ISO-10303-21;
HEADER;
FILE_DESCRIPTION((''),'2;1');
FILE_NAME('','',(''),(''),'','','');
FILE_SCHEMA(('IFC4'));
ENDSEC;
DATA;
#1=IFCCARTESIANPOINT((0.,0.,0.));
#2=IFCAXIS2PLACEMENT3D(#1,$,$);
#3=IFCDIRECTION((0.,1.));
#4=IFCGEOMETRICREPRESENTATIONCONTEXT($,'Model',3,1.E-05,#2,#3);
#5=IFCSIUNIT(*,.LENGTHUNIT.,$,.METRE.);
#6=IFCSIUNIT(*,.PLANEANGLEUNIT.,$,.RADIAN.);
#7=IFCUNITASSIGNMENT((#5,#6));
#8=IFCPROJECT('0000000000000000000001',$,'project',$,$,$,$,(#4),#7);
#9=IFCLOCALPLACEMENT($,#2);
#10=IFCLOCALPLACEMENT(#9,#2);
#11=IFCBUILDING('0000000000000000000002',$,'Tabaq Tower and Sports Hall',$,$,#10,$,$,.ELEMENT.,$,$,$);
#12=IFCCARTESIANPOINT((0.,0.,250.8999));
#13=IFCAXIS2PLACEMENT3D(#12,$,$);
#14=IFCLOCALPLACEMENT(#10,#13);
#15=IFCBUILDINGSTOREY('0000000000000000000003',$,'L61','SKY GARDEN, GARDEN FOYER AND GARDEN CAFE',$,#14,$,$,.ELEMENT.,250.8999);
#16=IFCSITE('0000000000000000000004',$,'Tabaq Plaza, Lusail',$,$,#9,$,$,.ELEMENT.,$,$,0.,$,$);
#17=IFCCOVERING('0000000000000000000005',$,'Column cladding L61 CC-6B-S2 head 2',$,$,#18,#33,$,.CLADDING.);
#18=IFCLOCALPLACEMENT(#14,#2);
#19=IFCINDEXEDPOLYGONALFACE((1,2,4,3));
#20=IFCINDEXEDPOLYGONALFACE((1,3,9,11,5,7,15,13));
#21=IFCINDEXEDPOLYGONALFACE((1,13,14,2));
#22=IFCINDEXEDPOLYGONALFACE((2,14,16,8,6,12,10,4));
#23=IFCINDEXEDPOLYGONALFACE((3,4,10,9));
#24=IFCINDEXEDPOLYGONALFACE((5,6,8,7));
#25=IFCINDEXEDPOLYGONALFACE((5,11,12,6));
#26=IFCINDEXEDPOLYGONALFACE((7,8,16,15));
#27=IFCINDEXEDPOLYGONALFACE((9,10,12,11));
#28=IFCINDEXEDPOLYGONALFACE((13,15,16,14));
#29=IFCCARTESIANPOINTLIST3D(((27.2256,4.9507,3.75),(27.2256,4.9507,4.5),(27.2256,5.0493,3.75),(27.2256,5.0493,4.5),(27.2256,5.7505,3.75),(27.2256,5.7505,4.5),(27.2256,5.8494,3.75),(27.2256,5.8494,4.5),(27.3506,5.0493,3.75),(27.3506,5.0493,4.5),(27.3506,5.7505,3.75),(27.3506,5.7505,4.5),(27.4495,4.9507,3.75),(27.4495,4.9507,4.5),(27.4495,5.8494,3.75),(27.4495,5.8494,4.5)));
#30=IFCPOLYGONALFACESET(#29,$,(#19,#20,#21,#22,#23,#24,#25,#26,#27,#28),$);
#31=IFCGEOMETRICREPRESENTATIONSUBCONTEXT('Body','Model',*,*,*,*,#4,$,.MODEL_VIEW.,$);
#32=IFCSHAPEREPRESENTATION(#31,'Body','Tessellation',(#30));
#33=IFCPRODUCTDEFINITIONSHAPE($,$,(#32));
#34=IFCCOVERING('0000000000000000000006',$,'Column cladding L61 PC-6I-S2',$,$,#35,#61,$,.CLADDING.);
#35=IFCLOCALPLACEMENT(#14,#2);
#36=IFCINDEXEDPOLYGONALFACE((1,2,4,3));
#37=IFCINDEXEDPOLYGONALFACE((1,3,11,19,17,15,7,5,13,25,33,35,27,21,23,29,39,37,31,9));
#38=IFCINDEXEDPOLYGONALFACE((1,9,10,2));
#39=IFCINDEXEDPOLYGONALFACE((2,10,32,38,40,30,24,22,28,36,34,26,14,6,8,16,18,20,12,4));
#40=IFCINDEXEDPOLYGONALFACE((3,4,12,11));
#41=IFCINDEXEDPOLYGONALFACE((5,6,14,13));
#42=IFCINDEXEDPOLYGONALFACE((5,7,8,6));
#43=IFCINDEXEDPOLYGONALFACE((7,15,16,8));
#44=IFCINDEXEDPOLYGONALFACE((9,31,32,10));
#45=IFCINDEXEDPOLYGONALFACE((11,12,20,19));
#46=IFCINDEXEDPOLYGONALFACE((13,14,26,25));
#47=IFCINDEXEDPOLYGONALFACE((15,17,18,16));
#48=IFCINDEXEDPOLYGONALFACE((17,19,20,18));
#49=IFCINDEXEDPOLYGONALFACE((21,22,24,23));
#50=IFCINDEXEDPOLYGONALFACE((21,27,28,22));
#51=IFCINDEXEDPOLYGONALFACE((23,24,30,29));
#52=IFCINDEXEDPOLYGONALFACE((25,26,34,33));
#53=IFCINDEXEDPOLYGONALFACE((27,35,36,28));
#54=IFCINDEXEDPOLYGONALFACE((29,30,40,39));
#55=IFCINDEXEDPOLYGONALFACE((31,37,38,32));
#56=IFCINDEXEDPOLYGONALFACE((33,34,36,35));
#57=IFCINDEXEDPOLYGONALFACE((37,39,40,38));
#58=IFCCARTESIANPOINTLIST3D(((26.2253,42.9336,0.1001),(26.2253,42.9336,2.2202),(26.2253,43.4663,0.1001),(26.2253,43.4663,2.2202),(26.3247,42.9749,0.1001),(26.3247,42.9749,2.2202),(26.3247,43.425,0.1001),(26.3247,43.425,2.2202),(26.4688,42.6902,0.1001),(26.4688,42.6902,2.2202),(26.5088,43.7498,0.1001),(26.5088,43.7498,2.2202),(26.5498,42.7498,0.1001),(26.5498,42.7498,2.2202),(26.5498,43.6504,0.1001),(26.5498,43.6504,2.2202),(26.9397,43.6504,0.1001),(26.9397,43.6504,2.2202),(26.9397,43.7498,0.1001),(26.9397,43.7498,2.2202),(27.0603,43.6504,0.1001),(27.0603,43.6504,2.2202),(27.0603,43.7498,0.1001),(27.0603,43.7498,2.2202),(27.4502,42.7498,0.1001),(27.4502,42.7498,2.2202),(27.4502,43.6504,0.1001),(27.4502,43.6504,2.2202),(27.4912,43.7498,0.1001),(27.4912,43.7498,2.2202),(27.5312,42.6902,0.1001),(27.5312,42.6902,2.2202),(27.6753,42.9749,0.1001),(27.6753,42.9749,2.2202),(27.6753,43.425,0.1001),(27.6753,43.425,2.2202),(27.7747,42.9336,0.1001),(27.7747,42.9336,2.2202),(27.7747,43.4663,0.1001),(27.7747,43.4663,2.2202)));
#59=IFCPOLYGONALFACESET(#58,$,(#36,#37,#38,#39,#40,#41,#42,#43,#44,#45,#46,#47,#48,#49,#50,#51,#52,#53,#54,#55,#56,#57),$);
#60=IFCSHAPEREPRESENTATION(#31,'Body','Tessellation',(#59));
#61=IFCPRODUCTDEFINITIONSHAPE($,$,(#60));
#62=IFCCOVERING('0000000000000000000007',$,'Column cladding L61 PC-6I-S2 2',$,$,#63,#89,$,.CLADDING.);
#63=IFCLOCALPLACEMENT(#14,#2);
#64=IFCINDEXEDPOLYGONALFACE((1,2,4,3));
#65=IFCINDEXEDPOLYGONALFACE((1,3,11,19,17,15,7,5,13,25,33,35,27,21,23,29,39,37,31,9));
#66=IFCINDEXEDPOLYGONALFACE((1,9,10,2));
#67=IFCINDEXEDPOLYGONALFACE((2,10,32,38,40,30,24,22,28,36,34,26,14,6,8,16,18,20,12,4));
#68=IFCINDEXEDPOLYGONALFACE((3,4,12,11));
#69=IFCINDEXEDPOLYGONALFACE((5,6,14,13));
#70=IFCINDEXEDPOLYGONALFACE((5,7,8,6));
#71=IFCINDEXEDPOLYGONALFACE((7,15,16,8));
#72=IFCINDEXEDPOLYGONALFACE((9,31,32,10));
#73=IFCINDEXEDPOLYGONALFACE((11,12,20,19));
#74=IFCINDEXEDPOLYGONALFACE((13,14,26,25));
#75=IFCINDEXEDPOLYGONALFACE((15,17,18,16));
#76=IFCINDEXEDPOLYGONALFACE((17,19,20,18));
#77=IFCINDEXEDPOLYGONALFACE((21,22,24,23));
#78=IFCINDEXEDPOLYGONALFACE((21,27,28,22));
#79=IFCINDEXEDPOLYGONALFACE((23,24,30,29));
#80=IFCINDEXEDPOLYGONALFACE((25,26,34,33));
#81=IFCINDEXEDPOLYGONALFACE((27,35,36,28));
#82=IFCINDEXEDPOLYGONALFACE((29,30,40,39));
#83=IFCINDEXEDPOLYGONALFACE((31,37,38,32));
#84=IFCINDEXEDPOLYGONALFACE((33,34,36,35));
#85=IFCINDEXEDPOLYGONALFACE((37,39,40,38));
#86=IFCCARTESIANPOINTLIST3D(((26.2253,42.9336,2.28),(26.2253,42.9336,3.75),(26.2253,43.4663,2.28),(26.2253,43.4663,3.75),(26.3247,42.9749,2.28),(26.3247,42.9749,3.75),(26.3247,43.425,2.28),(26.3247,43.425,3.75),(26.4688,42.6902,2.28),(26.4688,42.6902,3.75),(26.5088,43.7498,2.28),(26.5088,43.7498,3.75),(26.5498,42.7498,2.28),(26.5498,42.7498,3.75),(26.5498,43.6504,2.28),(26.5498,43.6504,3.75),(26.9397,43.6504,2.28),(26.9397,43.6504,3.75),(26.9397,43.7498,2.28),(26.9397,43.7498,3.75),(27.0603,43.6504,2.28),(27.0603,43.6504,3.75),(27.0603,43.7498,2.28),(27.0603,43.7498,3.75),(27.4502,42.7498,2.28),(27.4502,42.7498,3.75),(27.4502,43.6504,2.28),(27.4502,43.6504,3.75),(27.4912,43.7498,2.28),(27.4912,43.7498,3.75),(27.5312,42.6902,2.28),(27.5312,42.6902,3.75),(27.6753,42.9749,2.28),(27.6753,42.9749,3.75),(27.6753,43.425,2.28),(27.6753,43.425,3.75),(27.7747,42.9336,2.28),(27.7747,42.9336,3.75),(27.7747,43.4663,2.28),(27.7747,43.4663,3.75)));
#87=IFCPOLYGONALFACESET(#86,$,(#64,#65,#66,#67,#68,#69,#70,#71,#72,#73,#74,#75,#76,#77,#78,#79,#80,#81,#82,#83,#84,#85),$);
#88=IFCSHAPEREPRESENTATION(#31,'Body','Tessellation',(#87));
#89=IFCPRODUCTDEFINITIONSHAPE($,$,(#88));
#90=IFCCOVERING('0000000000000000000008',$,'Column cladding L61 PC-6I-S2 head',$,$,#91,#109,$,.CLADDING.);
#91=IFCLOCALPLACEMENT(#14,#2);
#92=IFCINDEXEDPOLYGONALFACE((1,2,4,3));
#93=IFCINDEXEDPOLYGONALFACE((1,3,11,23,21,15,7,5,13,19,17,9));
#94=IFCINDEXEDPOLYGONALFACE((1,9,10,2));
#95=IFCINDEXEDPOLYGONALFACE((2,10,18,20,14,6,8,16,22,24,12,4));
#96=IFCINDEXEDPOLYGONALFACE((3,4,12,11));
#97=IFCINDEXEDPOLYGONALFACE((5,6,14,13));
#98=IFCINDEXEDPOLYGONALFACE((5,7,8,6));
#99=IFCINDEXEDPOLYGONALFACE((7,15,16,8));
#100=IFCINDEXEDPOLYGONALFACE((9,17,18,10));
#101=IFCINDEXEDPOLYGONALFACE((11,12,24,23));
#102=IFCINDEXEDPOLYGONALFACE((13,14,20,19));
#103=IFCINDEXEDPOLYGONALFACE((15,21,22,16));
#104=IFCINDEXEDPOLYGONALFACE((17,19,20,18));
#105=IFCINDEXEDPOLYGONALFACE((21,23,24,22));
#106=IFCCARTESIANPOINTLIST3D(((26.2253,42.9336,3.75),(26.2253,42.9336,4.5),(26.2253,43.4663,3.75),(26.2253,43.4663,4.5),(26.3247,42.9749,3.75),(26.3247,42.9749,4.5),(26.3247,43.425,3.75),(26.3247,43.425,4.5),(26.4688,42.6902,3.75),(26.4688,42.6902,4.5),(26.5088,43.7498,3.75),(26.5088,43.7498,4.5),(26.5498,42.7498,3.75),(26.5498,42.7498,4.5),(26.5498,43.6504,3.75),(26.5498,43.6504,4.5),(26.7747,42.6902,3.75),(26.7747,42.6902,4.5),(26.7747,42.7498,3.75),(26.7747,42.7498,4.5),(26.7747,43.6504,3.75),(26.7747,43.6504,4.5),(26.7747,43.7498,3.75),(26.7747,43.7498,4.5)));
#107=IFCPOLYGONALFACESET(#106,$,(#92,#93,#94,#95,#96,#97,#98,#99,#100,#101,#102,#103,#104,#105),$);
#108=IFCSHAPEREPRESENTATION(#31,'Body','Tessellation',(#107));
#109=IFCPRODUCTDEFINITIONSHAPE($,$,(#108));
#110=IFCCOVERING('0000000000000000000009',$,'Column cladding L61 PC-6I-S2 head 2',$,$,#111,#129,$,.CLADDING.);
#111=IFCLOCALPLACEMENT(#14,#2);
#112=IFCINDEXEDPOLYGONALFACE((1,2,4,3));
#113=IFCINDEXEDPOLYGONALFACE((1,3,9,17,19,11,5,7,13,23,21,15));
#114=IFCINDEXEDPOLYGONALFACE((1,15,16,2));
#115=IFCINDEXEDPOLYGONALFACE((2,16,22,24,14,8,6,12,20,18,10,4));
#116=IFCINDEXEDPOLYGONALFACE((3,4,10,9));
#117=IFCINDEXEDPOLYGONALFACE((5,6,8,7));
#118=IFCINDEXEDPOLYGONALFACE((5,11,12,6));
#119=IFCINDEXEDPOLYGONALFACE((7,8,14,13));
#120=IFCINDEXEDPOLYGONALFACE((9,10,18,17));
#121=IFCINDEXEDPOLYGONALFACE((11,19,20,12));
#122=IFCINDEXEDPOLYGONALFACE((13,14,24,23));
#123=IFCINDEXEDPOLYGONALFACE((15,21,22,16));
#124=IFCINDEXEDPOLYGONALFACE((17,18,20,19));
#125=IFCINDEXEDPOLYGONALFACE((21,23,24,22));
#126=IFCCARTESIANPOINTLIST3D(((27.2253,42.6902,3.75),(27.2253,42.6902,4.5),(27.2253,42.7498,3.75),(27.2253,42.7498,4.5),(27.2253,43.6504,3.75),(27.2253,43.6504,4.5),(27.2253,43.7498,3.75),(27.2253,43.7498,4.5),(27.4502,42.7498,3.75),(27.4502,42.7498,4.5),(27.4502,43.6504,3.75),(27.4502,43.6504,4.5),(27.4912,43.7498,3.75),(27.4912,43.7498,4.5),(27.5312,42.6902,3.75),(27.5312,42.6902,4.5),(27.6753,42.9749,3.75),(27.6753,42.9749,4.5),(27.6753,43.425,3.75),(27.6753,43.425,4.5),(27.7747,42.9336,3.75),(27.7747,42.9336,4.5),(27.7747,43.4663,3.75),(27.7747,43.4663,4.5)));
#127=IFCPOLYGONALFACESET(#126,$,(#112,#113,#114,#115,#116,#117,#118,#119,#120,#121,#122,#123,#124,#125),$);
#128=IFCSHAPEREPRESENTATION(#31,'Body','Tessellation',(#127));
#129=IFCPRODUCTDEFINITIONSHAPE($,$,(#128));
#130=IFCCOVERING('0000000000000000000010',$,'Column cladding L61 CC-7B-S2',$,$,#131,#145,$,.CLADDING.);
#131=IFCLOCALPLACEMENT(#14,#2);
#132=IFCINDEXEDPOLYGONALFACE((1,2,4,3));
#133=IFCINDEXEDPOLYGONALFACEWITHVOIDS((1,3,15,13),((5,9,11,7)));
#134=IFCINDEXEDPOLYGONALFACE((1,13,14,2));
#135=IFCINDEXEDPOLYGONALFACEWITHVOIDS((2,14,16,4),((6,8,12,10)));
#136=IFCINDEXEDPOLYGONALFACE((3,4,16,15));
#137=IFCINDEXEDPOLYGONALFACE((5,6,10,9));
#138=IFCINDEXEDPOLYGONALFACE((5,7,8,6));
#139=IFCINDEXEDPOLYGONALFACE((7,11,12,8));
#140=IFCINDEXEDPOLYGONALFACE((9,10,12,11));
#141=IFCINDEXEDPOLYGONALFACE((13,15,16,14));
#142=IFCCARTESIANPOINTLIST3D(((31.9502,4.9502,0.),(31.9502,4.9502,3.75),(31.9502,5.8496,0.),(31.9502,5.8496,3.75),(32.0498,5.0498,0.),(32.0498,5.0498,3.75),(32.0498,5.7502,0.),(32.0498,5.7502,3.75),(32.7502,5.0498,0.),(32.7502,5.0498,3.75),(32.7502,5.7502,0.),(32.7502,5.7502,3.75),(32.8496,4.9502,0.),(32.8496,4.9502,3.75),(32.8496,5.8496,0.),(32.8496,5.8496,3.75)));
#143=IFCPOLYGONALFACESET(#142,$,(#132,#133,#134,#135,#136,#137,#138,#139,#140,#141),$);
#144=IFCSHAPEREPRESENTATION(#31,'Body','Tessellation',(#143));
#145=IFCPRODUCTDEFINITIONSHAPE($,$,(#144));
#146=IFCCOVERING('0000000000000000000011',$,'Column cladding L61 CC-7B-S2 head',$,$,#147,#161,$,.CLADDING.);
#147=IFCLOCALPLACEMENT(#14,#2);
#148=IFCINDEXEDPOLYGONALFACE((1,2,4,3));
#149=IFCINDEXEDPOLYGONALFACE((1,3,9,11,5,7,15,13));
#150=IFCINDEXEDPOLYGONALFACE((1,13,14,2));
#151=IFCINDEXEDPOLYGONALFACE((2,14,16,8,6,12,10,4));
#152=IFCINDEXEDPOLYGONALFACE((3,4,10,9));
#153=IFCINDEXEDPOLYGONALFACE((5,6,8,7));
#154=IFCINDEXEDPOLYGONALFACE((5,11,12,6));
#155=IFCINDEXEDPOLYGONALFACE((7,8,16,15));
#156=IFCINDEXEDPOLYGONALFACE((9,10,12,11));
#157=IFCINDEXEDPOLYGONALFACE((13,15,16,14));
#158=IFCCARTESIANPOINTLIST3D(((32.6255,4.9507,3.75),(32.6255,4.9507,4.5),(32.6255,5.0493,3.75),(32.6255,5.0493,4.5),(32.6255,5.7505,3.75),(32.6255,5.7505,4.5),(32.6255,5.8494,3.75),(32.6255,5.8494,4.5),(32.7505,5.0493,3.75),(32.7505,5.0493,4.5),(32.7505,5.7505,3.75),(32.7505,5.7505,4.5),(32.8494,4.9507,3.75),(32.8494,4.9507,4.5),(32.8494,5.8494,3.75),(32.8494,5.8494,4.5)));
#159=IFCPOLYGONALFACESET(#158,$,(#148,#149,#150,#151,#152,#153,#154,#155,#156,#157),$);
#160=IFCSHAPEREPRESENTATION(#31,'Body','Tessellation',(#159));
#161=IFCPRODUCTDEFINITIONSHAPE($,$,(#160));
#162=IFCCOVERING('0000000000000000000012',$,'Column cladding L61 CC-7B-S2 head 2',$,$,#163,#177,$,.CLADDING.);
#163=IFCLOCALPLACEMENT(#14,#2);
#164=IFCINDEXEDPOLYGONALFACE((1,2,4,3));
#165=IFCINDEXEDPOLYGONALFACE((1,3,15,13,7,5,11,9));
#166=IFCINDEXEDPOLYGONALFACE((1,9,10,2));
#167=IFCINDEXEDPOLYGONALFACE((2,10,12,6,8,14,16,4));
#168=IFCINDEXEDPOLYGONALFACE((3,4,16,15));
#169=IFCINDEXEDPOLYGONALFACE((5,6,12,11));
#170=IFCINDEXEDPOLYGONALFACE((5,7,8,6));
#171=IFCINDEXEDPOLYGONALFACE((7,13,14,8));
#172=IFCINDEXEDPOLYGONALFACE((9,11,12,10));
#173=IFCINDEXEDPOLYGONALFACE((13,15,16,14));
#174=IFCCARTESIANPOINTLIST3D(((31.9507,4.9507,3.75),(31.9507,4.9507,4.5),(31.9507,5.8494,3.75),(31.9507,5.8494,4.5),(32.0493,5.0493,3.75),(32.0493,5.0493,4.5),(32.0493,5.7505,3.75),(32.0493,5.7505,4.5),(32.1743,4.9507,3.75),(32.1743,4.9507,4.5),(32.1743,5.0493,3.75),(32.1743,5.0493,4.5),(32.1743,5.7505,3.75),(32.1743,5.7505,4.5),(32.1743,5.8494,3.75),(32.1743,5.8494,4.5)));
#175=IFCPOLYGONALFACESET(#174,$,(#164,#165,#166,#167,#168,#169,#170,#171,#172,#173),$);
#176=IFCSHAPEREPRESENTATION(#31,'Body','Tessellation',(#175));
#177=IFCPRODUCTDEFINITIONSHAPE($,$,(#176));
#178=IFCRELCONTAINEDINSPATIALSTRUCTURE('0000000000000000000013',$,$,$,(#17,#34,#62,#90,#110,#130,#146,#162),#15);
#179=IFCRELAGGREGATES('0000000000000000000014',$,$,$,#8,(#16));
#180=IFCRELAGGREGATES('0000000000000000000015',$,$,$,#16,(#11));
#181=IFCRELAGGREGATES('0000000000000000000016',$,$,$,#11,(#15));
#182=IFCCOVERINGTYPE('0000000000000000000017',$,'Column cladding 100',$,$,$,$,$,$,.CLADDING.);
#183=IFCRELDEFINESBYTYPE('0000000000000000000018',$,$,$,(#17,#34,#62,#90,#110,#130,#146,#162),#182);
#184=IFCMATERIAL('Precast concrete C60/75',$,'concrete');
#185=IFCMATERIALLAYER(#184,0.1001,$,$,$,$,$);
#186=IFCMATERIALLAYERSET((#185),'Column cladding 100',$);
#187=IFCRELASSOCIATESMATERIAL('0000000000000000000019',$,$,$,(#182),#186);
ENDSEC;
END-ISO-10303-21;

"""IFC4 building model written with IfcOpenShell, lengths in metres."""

from ifc_helpers import new_model, si_unit, direction, frame, origin, place, context, subcontext, project, spatial, polyline, outline, extrude, material, layer, layer_set, type_object, element, save


model = new_model("IFC4")

# Units and contexts
model_context = context("Model", 3, precision=1e-05, world=origin(), true_north=direction((0.0, 1.0)))
body_context = subcontext(model_context, "Body", "Model", "MODEL_VIEW")
ifc_project = project(units=[si_unit("LENGTHUNIT", "METRE"), si_unit("PLANEANGLEUNIT", "RADIAN")], contexts=[model_context])

# Site, building, storey
site_placement = place(None, origin())
site = spatial("IfcSite", under=ifc_project, at=site_placement, Name="Tabaq Plaza, Lusail", CompositionType="ELEMENT", RefElevation=0.0)
building_placement = place(site_placement, origin())
building = spatial("IfcBuilding", under=site, at=building_placement, Name="Tabaq Tower and Sports Hall", CompositionType="ELEMENT")
storey_placement = place(building_placement, frame((0.0, 0.0, 250.8999)))
storey = spatial("IfcBuildingStorey", under=building, at=storey_placement, Name="L61", Description="SKY GARDEN, GARDEN FOYER AND GARDEN CAFE", CompositionType="ELEMENT", Elevation=250.8999)

# Coverings
ifc_material_1 = material(Name="Precast concrete C60/75", Category="concrete")
ifc_layer_1 = layer(ifc_material_1, 0.1001)
ifc_layer_set_1 = layer_set([ifc_layer_1], Name="Column cladding 100")
covering_type = type_object("IfcCoveringType", Name="Column cladding 100", PredefinedType="CLADDING", material=ifc_layer_set_1)
covering_1_placement = place(storey_placement, frame((0.0, 0.0, 3.75)))
element("IfcCovering", 1, at=covering_1_placement, inside=storey, type_object=covering_type, Name="Column cladding L61 CC-6B-S2 head 2", PredefinedType="CLADDING", context=body_context, shape_type="SweptSolid", body=[
    extrude(outline(polyline([(27.2256, 5.0493), (27.3506, 5.0493), (27.3506, 5.7505), (27.2256, 5.7505), (27.2256, 5.8494), (27.4495, 5.8494), (27.4495, 4.9507), (27.2256, 4.9507), (27.2256, 5.0493)])), origin(), (0.0, 0.0, 1.0), 0.75),
])
covering_2_placement = place(storey_placement, frame((0.0, 0.0, 0.1001)))
element("IfcCovering", 2, at=covering_2_placement, inside=storey, type_object=covering_type, Name="Column cladding L61 PC-6I-S2", PredefinedType="CLADDING", context=body_context, shape_type="SweptSolid", body=[
    extrude(outline(polyline([(26.2253, 43.4663), (26.5088, 43.7498), (26.9397, 43.7498), (26.9397, 43.6504), (26.5498, 43.6504), (26.3247, 43.425), (26.3247, 42.9749), (26.5498, 42.7498), (27.4502, 42.7498), (27.6753, 42.9749), (27.6753, 43.425), (27.4502, 43.6504), (27.0603, 43.6504), (27.0603, 43.7498), (27.4912, 43.7498), (27.7747, 43.4663), (27.7747, 42.9336), (27.5312, 42.6902), (26.4688, 42.6902), (26.2253, 42.9336), (26.2253, 43.4663)])), origin(), (0.0, 0.0, 1.0), 2.1201),
])
covering_3_placement = place(storey_placement, frame((0.0, 0.0, 2.28)))
element("IfcCovering", 3, at=covering_3_placement, inside=storey, type_object=covering_type, Name="Column cladding L61 PC-6I-S2 2", PredefinedType="CLADDING", context=body_context, shape_type="SweptSolid", body=[
    extrude(outline(polyline([(26.2253, 43.4663), (26.5088, 43.7498), (26.9397, 43.7498), (26.9397, 43.6504), (26.5498, 43.6504), (26.3247, 43.425), (26.3247, 42.9749), (26.5498, 42.7498), (27.4502, 42.7498), (27.6753, 42.9749), (27.6753, 43.425), (27.4502, 43.6504), (27.0603, 43.6504), (27.0603, 43.7498), (27.4912, 43.7498), (27.7747, 43.4663), (27.7747, 42.9336), (27.5312, 42.6902), (26.4688, 42.6902), (26.2253, 42.9336), (26.2253, 43.4663)])), origin(), (0.0, 0.0, 1.0), 1.47),
])
covering_4_placement = place(storey_placement, frame((0.0, 0.0, 3.75)))
element("IfcCovering", 4, at=covering_4_placement, inside=storey, type_object=covering_type, Name="Column cladding L61 PC-6I-S2 head", PredefinedType="CLADDING", context=body_context, shape_type="SweptSolid", body=[
    extrude(outline(polyline([(26.5088, 43.7498), (26.7747, 43.7498), (26.7747, 43.6504), (26.5498, 43.6504), (26.3247, 43.425), (26.3247, 42.9749), (26.5498, 42.7498), (26.7747, 42.7498), (26.7747, 42.6902), (26.4688, 42.6902), (26.2253, 42.9336), (26.2253, 43.4663), (26.5088, 43.7498)])), origin(), (0.0, 0.0, 1.0), 0.75),
])
covering_5_placement = place(storey_placement, frame((0.0, 0.0, 3.75)))
element("IfcCovering", 5, at=covering_5_placement, inside=storey, type_object=covering_type, Name="Column cladding L61 PC-6I-S2 head 2", PredefinedType="CLADDING", context=body_context, shape_type="SweptSolid", body=[
    extrude(outline(polyline([(27.4502, 42.7498), (27.6753, 42.9749), (27.6753, 43.425), (27.4502, 43.6504), (27.2253, 43.6504), (27.2253, 43.7498), (27.4912, 43.7498), (27.7747, 43.4663), (27.7747, 42.9336), (27.5312, 42.6902), (27.2253, 42.6902), (27.2253, 42.7498), (27.4502, 42.7498)])), origin(), (0.0, 0.0, 1.0), 0.75),
])
covering_6_placement = place(storey_placement, origin())
element("IfcCovering", 6, at=covering_6_placement, inside=storey, type_object=covering_type, Name="Column cladding L61 CC-7B-S2", PredefinedType="CLADDING", context=body_context, shape_type="SweptSolid", body=[
    extrude(outline(polyline([(31.9502, 5.8496), (32.8496, 5.8496), (32.8496, 4.9502), (31.9502, 4.9502), (31.9502, 5.8496)]), holes=[polyline([(32.7502, 5.0498), (32.7502, 5.7502), (32.0498, 5.7502), (32.0498, 5.0498), (32.7502, 5.0498)])]), origin(), (0.0, 0.0, 1.0), 3.75),
])
covering_7_placement = place(storey_placement, frame((0.0, 0.0, 3.75)))
element("IfcCovering", 7, at=covering_7_placement, inside=storey, type_object=covering_type, Name="Column cladding L61 CC-7B-S2 head", PredefinedType="CLADDING", context=body_context, shape_type="SweptSolid", body=[
    extrude(outline(polyline([(32.6255, 5.0493), (32.7505, 5.0493), (32.7505, 5.7505), (32.6255, 5.7505), (32.6255, 5.8494), (32.8494, 5.8494), (32.8494, 4.9507), (32.6255, 4.9507), (32.6255, 5.0493)])), origin(), (0.0, 0.0, 1.0), 0.75),
])
covering_8_placement = place(storey_placement, frame((0.0, 0.0, 3.75)))
element("IfcCovering", 8, at=covering_8_placement, inside=storey, type_object=covering_type, Name="Column cladding L61 CC-7B-S2 head 2", PredefinedType="CLADDING", context=body_context, shape_type="SweptSolid", body=[
    extrude(outline(polyline([(32.1743, 5.0493), (32.1743, 4.9507), (31.9507, 4.9507), (31.9507, 5.8494), (32.1743, 5.8494), (32.1743, 5.7505), (32.0493, 5.7505), (32.0493, 5.0493), (32.1743, 5.0493)])), origin(), (0.0, 0.0, 1.0), 0.75),
])

save(model, "model.ifc")
